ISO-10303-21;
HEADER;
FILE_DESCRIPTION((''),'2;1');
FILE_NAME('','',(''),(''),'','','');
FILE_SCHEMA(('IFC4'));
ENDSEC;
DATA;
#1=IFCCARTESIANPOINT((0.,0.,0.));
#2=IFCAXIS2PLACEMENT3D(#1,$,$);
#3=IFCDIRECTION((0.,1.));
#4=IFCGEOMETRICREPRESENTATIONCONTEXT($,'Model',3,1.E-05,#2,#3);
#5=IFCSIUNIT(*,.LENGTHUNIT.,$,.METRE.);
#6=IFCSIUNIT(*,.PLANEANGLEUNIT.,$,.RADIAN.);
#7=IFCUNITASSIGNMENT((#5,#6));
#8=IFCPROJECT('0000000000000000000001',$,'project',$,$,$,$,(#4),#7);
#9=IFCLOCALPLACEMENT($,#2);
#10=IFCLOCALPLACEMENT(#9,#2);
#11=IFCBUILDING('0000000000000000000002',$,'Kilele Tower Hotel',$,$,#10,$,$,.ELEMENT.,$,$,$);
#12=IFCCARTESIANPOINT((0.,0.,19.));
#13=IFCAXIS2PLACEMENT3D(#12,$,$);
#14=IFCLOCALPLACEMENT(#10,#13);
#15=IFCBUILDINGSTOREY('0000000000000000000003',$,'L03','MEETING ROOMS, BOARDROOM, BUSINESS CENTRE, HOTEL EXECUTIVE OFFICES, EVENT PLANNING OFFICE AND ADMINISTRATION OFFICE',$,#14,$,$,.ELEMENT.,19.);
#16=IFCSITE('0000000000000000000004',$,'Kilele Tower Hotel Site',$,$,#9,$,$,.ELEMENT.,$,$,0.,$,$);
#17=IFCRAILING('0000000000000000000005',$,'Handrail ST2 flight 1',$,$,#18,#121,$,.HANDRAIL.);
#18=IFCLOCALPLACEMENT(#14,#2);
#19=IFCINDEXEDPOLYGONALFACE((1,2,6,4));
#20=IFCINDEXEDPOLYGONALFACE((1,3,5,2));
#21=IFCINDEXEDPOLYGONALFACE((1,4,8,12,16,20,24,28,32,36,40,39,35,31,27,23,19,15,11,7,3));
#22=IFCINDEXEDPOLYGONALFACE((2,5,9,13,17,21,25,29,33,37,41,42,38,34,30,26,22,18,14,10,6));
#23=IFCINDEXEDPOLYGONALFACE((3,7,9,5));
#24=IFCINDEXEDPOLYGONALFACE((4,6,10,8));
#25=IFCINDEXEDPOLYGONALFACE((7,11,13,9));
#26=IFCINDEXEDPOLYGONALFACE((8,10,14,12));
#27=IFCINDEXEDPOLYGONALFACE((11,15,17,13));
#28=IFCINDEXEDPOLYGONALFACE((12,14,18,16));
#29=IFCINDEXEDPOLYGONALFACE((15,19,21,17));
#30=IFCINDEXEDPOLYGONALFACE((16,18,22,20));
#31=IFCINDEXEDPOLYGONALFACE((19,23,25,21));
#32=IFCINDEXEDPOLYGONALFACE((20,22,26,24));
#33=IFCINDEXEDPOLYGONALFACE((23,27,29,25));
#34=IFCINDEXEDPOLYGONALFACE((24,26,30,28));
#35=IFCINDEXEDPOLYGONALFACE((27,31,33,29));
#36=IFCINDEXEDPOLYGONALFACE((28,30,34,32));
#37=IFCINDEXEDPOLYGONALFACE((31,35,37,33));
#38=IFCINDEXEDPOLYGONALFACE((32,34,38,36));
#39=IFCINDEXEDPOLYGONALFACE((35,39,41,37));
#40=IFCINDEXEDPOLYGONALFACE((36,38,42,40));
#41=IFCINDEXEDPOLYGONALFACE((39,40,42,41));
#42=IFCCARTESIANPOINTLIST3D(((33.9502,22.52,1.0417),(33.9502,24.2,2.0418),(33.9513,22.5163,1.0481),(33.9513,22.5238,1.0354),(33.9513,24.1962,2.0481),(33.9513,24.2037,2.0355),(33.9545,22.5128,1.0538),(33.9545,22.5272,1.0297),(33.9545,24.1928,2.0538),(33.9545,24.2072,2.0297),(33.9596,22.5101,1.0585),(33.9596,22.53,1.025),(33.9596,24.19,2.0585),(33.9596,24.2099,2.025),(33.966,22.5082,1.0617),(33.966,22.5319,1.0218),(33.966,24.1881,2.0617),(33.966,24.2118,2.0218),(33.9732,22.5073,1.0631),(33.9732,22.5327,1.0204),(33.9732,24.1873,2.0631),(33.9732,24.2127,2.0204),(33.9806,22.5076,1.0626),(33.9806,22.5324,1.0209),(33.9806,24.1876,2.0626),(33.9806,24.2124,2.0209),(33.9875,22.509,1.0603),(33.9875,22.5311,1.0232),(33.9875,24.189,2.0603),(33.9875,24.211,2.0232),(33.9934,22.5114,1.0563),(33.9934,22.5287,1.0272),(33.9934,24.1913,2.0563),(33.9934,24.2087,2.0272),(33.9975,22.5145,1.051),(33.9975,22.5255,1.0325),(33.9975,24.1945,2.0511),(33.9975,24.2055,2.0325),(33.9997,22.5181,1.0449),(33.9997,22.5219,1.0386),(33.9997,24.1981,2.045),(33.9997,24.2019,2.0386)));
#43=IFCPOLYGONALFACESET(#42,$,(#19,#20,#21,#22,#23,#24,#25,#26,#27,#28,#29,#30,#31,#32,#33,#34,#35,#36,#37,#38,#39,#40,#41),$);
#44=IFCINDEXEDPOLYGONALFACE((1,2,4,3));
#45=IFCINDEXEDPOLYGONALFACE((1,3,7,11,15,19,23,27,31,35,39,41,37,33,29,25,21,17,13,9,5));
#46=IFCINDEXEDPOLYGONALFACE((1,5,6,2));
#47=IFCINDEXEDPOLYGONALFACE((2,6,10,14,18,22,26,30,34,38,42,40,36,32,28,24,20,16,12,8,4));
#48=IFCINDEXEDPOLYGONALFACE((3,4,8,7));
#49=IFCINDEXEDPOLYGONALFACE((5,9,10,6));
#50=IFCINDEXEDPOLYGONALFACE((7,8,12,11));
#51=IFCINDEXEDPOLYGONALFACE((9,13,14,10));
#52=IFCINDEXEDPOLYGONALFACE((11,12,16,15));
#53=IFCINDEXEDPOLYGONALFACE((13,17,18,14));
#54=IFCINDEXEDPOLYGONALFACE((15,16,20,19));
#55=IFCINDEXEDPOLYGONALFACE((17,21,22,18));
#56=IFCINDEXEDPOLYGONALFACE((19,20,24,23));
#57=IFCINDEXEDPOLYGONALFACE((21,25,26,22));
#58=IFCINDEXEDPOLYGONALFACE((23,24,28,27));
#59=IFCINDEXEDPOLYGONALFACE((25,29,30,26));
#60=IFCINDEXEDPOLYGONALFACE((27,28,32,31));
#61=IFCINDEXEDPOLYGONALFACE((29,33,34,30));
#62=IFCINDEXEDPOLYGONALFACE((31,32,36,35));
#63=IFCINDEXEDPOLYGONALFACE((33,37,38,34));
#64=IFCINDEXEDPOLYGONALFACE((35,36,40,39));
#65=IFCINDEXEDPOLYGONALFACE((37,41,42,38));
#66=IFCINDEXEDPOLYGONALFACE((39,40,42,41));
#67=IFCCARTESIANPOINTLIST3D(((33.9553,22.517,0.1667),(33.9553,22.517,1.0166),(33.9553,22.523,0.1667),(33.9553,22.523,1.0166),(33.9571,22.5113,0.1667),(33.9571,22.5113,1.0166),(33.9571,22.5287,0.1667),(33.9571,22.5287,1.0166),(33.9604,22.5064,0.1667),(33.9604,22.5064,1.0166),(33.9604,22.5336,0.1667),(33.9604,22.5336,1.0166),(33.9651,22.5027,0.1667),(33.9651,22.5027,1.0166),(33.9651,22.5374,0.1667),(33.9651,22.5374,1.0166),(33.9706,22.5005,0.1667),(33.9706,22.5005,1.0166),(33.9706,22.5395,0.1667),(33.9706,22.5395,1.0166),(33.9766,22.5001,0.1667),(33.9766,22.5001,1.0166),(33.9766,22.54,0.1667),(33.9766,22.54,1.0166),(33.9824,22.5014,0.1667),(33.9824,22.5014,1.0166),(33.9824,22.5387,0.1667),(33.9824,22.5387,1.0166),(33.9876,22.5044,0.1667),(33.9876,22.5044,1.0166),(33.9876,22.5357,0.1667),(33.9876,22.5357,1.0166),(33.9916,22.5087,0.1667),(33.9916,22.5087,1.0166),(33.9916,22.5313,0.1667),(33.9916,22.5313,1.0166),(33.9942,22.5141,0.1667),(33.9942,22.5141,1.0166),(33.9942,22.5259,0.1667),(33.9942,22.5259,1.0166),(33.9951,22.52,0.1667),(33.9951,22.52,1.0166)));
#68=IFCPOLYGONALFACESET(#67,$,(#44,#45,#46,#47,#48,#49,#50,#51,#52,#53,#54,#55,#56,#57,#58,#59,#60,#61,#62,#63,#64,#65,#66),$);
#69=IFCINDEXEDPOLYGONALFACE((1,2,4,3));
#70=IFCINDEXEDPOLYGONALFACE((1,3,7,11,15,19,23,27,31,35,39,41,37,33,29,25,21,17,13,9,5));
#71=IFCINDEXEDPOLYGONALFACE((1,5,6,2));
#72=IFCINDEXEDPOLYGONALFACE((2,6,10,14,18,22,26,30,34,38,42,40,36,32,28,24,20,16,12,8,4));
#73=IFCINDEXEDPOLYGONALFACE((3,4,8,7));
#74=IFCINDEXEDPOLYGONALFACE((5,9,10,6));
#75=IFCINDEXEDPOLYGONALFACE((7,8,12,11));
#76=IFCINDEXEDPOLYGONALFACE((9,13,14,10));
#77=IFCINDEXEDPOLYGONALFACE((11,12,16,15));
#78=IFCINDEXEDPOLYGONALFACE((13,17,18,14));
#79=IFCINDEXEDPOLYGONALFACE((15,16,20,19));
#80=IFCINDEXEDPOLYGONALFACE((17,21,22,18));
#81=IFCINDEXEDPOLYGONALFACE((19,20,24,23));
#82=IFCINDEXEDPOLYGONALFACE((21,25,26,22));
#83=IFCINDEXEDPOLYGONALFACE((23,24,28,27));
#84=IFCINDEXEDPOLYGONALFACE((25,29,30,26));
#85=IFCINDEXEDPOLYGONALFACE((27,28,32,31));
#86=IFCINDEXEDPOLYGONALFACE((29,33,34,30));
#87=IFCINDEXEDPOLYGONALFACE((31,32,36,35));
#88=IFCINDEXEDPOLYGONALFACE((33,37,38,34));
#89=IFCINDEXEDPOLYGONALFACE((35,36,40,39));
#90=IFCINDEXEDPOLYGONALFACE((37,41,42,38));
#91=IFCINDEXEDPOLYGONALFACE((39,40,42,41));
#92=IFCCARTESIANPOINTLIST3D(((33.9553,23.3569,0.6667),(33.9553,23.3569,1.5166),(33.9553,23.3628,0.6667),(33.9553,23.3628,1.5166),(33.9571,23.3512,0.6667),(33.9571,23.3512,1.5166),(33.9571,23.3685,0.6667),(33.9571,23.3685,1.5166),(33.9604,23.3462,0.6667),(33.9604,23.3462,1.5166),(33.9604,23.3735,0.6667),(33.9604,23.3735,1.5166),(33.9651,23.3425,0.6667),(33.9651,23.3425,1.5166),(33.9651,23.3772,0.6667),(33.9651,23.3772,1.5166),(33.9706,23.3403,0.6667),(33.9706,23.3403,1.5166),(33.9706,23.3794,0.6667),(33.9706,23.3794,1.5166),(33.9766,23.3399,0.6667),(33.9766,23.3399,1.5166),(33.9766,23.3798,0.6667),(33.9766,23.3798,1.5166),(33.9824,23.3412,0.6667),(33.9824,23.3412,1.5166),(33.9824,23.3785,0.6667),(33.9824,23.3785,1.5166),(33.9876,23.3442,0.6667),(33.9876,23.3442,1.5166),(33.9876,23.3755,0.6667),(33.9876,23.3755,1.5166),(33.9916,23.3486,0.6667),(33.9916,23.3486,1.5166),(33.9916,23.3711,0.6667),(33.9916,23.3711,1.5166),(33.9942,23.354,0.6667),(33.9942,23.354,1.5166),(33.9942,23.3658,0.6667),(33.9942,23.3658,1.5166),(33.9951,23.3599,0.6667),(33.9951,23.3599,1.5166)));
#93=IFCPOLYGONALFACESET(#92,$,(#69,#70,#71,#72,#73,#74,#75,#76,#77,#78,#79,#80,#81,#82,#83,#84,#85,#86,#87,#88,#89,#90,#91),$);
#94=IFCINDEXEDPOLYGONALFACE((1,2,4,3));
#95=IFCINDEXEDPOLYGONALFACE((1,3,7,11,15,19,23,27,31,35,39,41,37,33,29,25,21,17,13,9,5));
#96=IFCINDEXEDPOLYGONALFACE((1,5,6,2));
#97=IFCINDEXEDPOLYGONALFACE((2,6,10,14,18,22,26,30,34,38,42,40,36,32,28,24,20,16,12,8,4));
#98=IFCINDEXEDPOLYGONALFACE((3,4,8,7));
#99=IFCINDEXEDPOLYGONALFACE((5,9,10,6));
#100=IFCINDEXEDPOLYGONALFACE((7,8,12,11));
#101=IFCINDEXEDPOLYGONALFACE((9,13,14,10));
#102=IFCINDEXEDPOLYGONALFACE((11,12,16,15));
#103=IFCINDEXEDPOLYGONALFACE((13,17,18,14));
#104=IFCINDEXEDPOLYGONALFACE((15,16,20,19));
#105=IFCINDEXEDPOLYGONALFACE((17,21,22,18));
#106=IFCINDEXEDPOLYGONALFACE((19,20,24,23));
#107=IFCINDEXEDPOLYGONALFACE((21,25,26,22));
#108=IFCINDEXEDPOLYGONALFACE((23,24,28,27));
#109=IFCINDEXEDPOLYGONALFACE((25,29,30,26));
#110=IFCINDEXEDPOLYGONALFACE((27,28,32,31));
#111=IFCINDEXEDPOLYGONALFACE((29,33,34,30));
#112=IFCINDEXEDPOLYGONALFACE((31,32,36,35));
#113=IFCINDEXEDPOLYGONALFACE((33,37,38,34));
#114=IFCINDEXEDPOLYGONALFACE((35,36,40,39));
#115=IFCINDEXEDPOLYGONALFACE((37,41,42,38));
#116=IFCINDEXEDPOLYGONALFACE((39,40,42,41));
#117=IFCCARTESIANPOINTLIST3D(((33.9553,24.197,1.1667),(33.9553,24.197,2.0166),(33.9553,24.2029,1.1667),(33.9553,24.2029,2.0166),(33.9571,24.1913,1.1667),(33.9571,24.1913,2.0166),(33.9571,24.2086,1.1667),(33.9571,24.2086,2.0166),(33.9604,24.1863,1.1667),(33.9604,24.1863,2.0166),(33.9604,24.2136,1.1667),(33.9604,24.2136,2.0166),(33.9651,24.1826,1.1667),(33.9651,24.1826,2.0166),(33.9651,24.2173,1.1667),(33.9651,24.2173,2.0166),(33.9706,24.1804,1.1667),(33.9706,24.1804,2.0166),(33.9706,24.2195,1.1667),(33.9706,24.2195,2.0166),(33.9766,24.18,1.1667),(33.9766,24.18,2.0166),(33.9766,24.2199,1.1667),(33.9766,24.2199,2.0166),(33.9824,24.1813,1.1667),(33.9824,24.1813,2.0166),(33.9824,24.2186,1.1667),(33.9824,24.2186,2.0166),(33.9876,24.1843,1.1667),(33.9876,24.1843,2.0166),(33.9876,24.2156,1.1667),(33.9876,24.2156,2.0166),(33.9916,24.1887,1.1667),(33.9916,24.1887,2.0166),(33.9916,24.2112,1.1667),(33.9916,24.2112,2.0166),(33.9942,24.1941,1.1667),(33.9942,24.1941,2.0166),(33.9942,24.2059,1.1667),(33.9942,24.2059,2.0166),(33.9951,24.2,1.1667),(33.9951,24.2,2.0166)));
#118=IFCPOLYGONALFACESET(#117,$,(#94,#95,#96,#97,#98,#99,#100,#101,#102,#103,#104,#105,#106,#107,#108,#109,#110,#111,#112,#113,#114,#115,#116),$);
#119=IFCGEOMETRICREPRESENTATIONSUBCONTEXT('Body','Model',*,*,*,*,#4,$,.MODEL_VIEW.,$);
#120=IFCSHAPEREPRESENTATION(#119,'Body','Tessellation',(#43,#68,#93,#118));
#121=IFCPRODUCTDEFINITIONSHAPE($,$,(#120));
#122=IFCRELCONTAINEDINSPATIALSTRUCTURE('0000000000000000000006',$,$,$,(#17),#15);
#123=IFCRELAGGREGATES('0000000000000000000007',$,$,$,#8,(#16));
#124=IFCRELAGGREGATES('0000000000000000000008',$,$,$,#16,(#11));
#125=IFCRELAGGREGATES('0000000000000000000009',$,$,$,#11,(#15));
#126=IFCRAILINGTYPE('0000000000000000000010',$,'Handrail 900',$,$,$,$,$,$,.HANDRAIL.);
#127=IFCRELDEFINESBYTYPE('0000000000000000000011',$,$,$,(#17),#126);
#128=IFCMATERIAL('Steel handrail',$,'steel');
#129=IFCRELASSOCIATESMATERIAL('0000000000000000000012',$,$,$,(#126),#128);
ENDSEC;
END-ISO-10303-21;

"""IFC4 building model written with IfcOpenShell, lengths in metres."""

from ifc_helpers import new_model, si_unit, direction, frame, origin, origin_2d, place, context, subcontext, project, spatial, circle, extrude, material, type_object, element, save


model = new_model("IFC4")

# Units and contexts
model_context = context("Model", 3, precision=1e-05, world=origin(), true_north=direction((0.0, 1.0)))
body_context = subcontext(model_context, "Body", "Model", "MODEL_VIEW")
ifc_project = project(units=[si_unit("LENGTHUNIT", "METRE"), si_unit("PLANEANGLEUNIT", "RADIAN")], contexts=[model_context])

# Site, building, storey
site_placement = place(None, origin())
site = spatial("IfcSite", under=ifc_project, at=site_placement, Name="Kilele Tower Hotel Site", CompositionType="ELEMENT", RefElevation=0.0)
building_placement = place(site_placement, origin())
building = spatial("IfcBuilding", under=site, at=building_placement, Name="Kilele Tower Hotel", CompositionType="ELEMENT")
storey_placement = place(building_placement, frame((0.0, 0.0, 19.0)))
storey = spatial("IfcBuildingStorey", under=building, at=storey_placement, Name="L03", Description="MEETING ROOMS, BOARDROOM, BUSINESS CENTRE, HOTEL EXECUTIVE OFFICES, EVENT PLANNING OFFICE AND ADMINISTRATION OFFICE", CompositionType="ELEMENT", Elevation=19.0)

# Railing
ifc_material_1 = material(Name="Steel handrail", Category="steel")
railing_type_1 = type_object("IfcRailingType", Name="Handrail 900", PredefinedType="HANDRAIL", material=ifc_material_1)
railing_1_placement = place(storey_placement, frame((33.9751, 22.52, 0.1667)))
element("IfcRailing", 1, at=railing_1_placement, inside=storey, type_object=railing_type_1, Name="Handrail ST2 flight 1", PredefinedType="HANDRAIL", context=body_context, shape_type="SweptSolid", body=[
    extrude(circle(Radius=0.0249, at=origin_2d()), frame((0.0, 0.0, 0.875), z_axis=(0.0, 0.859284, 0.511499), x_axis=(-1.0, 0.0, 0.0)), (0.0, 0.0, 1.0), 1.9551),
    extrude(circle(Radius=0.02, at=origin_2d()), origin(), (0.0, 0.0, 1.0), 0.8499),
    extrude(circle(Radius=0.02, at=origin_2d()), frame((0.0, 0.8398, 0.5)), (0.0, 0.0, 1.0), 0.8499),
    extrude(circle(Radius=0.02, at=origin_2d()), frame((0.0, 1.6799, 1.0)), (0.0, 0.0, 1.0), 0.8499),
])

save(model, "model.ifc")
